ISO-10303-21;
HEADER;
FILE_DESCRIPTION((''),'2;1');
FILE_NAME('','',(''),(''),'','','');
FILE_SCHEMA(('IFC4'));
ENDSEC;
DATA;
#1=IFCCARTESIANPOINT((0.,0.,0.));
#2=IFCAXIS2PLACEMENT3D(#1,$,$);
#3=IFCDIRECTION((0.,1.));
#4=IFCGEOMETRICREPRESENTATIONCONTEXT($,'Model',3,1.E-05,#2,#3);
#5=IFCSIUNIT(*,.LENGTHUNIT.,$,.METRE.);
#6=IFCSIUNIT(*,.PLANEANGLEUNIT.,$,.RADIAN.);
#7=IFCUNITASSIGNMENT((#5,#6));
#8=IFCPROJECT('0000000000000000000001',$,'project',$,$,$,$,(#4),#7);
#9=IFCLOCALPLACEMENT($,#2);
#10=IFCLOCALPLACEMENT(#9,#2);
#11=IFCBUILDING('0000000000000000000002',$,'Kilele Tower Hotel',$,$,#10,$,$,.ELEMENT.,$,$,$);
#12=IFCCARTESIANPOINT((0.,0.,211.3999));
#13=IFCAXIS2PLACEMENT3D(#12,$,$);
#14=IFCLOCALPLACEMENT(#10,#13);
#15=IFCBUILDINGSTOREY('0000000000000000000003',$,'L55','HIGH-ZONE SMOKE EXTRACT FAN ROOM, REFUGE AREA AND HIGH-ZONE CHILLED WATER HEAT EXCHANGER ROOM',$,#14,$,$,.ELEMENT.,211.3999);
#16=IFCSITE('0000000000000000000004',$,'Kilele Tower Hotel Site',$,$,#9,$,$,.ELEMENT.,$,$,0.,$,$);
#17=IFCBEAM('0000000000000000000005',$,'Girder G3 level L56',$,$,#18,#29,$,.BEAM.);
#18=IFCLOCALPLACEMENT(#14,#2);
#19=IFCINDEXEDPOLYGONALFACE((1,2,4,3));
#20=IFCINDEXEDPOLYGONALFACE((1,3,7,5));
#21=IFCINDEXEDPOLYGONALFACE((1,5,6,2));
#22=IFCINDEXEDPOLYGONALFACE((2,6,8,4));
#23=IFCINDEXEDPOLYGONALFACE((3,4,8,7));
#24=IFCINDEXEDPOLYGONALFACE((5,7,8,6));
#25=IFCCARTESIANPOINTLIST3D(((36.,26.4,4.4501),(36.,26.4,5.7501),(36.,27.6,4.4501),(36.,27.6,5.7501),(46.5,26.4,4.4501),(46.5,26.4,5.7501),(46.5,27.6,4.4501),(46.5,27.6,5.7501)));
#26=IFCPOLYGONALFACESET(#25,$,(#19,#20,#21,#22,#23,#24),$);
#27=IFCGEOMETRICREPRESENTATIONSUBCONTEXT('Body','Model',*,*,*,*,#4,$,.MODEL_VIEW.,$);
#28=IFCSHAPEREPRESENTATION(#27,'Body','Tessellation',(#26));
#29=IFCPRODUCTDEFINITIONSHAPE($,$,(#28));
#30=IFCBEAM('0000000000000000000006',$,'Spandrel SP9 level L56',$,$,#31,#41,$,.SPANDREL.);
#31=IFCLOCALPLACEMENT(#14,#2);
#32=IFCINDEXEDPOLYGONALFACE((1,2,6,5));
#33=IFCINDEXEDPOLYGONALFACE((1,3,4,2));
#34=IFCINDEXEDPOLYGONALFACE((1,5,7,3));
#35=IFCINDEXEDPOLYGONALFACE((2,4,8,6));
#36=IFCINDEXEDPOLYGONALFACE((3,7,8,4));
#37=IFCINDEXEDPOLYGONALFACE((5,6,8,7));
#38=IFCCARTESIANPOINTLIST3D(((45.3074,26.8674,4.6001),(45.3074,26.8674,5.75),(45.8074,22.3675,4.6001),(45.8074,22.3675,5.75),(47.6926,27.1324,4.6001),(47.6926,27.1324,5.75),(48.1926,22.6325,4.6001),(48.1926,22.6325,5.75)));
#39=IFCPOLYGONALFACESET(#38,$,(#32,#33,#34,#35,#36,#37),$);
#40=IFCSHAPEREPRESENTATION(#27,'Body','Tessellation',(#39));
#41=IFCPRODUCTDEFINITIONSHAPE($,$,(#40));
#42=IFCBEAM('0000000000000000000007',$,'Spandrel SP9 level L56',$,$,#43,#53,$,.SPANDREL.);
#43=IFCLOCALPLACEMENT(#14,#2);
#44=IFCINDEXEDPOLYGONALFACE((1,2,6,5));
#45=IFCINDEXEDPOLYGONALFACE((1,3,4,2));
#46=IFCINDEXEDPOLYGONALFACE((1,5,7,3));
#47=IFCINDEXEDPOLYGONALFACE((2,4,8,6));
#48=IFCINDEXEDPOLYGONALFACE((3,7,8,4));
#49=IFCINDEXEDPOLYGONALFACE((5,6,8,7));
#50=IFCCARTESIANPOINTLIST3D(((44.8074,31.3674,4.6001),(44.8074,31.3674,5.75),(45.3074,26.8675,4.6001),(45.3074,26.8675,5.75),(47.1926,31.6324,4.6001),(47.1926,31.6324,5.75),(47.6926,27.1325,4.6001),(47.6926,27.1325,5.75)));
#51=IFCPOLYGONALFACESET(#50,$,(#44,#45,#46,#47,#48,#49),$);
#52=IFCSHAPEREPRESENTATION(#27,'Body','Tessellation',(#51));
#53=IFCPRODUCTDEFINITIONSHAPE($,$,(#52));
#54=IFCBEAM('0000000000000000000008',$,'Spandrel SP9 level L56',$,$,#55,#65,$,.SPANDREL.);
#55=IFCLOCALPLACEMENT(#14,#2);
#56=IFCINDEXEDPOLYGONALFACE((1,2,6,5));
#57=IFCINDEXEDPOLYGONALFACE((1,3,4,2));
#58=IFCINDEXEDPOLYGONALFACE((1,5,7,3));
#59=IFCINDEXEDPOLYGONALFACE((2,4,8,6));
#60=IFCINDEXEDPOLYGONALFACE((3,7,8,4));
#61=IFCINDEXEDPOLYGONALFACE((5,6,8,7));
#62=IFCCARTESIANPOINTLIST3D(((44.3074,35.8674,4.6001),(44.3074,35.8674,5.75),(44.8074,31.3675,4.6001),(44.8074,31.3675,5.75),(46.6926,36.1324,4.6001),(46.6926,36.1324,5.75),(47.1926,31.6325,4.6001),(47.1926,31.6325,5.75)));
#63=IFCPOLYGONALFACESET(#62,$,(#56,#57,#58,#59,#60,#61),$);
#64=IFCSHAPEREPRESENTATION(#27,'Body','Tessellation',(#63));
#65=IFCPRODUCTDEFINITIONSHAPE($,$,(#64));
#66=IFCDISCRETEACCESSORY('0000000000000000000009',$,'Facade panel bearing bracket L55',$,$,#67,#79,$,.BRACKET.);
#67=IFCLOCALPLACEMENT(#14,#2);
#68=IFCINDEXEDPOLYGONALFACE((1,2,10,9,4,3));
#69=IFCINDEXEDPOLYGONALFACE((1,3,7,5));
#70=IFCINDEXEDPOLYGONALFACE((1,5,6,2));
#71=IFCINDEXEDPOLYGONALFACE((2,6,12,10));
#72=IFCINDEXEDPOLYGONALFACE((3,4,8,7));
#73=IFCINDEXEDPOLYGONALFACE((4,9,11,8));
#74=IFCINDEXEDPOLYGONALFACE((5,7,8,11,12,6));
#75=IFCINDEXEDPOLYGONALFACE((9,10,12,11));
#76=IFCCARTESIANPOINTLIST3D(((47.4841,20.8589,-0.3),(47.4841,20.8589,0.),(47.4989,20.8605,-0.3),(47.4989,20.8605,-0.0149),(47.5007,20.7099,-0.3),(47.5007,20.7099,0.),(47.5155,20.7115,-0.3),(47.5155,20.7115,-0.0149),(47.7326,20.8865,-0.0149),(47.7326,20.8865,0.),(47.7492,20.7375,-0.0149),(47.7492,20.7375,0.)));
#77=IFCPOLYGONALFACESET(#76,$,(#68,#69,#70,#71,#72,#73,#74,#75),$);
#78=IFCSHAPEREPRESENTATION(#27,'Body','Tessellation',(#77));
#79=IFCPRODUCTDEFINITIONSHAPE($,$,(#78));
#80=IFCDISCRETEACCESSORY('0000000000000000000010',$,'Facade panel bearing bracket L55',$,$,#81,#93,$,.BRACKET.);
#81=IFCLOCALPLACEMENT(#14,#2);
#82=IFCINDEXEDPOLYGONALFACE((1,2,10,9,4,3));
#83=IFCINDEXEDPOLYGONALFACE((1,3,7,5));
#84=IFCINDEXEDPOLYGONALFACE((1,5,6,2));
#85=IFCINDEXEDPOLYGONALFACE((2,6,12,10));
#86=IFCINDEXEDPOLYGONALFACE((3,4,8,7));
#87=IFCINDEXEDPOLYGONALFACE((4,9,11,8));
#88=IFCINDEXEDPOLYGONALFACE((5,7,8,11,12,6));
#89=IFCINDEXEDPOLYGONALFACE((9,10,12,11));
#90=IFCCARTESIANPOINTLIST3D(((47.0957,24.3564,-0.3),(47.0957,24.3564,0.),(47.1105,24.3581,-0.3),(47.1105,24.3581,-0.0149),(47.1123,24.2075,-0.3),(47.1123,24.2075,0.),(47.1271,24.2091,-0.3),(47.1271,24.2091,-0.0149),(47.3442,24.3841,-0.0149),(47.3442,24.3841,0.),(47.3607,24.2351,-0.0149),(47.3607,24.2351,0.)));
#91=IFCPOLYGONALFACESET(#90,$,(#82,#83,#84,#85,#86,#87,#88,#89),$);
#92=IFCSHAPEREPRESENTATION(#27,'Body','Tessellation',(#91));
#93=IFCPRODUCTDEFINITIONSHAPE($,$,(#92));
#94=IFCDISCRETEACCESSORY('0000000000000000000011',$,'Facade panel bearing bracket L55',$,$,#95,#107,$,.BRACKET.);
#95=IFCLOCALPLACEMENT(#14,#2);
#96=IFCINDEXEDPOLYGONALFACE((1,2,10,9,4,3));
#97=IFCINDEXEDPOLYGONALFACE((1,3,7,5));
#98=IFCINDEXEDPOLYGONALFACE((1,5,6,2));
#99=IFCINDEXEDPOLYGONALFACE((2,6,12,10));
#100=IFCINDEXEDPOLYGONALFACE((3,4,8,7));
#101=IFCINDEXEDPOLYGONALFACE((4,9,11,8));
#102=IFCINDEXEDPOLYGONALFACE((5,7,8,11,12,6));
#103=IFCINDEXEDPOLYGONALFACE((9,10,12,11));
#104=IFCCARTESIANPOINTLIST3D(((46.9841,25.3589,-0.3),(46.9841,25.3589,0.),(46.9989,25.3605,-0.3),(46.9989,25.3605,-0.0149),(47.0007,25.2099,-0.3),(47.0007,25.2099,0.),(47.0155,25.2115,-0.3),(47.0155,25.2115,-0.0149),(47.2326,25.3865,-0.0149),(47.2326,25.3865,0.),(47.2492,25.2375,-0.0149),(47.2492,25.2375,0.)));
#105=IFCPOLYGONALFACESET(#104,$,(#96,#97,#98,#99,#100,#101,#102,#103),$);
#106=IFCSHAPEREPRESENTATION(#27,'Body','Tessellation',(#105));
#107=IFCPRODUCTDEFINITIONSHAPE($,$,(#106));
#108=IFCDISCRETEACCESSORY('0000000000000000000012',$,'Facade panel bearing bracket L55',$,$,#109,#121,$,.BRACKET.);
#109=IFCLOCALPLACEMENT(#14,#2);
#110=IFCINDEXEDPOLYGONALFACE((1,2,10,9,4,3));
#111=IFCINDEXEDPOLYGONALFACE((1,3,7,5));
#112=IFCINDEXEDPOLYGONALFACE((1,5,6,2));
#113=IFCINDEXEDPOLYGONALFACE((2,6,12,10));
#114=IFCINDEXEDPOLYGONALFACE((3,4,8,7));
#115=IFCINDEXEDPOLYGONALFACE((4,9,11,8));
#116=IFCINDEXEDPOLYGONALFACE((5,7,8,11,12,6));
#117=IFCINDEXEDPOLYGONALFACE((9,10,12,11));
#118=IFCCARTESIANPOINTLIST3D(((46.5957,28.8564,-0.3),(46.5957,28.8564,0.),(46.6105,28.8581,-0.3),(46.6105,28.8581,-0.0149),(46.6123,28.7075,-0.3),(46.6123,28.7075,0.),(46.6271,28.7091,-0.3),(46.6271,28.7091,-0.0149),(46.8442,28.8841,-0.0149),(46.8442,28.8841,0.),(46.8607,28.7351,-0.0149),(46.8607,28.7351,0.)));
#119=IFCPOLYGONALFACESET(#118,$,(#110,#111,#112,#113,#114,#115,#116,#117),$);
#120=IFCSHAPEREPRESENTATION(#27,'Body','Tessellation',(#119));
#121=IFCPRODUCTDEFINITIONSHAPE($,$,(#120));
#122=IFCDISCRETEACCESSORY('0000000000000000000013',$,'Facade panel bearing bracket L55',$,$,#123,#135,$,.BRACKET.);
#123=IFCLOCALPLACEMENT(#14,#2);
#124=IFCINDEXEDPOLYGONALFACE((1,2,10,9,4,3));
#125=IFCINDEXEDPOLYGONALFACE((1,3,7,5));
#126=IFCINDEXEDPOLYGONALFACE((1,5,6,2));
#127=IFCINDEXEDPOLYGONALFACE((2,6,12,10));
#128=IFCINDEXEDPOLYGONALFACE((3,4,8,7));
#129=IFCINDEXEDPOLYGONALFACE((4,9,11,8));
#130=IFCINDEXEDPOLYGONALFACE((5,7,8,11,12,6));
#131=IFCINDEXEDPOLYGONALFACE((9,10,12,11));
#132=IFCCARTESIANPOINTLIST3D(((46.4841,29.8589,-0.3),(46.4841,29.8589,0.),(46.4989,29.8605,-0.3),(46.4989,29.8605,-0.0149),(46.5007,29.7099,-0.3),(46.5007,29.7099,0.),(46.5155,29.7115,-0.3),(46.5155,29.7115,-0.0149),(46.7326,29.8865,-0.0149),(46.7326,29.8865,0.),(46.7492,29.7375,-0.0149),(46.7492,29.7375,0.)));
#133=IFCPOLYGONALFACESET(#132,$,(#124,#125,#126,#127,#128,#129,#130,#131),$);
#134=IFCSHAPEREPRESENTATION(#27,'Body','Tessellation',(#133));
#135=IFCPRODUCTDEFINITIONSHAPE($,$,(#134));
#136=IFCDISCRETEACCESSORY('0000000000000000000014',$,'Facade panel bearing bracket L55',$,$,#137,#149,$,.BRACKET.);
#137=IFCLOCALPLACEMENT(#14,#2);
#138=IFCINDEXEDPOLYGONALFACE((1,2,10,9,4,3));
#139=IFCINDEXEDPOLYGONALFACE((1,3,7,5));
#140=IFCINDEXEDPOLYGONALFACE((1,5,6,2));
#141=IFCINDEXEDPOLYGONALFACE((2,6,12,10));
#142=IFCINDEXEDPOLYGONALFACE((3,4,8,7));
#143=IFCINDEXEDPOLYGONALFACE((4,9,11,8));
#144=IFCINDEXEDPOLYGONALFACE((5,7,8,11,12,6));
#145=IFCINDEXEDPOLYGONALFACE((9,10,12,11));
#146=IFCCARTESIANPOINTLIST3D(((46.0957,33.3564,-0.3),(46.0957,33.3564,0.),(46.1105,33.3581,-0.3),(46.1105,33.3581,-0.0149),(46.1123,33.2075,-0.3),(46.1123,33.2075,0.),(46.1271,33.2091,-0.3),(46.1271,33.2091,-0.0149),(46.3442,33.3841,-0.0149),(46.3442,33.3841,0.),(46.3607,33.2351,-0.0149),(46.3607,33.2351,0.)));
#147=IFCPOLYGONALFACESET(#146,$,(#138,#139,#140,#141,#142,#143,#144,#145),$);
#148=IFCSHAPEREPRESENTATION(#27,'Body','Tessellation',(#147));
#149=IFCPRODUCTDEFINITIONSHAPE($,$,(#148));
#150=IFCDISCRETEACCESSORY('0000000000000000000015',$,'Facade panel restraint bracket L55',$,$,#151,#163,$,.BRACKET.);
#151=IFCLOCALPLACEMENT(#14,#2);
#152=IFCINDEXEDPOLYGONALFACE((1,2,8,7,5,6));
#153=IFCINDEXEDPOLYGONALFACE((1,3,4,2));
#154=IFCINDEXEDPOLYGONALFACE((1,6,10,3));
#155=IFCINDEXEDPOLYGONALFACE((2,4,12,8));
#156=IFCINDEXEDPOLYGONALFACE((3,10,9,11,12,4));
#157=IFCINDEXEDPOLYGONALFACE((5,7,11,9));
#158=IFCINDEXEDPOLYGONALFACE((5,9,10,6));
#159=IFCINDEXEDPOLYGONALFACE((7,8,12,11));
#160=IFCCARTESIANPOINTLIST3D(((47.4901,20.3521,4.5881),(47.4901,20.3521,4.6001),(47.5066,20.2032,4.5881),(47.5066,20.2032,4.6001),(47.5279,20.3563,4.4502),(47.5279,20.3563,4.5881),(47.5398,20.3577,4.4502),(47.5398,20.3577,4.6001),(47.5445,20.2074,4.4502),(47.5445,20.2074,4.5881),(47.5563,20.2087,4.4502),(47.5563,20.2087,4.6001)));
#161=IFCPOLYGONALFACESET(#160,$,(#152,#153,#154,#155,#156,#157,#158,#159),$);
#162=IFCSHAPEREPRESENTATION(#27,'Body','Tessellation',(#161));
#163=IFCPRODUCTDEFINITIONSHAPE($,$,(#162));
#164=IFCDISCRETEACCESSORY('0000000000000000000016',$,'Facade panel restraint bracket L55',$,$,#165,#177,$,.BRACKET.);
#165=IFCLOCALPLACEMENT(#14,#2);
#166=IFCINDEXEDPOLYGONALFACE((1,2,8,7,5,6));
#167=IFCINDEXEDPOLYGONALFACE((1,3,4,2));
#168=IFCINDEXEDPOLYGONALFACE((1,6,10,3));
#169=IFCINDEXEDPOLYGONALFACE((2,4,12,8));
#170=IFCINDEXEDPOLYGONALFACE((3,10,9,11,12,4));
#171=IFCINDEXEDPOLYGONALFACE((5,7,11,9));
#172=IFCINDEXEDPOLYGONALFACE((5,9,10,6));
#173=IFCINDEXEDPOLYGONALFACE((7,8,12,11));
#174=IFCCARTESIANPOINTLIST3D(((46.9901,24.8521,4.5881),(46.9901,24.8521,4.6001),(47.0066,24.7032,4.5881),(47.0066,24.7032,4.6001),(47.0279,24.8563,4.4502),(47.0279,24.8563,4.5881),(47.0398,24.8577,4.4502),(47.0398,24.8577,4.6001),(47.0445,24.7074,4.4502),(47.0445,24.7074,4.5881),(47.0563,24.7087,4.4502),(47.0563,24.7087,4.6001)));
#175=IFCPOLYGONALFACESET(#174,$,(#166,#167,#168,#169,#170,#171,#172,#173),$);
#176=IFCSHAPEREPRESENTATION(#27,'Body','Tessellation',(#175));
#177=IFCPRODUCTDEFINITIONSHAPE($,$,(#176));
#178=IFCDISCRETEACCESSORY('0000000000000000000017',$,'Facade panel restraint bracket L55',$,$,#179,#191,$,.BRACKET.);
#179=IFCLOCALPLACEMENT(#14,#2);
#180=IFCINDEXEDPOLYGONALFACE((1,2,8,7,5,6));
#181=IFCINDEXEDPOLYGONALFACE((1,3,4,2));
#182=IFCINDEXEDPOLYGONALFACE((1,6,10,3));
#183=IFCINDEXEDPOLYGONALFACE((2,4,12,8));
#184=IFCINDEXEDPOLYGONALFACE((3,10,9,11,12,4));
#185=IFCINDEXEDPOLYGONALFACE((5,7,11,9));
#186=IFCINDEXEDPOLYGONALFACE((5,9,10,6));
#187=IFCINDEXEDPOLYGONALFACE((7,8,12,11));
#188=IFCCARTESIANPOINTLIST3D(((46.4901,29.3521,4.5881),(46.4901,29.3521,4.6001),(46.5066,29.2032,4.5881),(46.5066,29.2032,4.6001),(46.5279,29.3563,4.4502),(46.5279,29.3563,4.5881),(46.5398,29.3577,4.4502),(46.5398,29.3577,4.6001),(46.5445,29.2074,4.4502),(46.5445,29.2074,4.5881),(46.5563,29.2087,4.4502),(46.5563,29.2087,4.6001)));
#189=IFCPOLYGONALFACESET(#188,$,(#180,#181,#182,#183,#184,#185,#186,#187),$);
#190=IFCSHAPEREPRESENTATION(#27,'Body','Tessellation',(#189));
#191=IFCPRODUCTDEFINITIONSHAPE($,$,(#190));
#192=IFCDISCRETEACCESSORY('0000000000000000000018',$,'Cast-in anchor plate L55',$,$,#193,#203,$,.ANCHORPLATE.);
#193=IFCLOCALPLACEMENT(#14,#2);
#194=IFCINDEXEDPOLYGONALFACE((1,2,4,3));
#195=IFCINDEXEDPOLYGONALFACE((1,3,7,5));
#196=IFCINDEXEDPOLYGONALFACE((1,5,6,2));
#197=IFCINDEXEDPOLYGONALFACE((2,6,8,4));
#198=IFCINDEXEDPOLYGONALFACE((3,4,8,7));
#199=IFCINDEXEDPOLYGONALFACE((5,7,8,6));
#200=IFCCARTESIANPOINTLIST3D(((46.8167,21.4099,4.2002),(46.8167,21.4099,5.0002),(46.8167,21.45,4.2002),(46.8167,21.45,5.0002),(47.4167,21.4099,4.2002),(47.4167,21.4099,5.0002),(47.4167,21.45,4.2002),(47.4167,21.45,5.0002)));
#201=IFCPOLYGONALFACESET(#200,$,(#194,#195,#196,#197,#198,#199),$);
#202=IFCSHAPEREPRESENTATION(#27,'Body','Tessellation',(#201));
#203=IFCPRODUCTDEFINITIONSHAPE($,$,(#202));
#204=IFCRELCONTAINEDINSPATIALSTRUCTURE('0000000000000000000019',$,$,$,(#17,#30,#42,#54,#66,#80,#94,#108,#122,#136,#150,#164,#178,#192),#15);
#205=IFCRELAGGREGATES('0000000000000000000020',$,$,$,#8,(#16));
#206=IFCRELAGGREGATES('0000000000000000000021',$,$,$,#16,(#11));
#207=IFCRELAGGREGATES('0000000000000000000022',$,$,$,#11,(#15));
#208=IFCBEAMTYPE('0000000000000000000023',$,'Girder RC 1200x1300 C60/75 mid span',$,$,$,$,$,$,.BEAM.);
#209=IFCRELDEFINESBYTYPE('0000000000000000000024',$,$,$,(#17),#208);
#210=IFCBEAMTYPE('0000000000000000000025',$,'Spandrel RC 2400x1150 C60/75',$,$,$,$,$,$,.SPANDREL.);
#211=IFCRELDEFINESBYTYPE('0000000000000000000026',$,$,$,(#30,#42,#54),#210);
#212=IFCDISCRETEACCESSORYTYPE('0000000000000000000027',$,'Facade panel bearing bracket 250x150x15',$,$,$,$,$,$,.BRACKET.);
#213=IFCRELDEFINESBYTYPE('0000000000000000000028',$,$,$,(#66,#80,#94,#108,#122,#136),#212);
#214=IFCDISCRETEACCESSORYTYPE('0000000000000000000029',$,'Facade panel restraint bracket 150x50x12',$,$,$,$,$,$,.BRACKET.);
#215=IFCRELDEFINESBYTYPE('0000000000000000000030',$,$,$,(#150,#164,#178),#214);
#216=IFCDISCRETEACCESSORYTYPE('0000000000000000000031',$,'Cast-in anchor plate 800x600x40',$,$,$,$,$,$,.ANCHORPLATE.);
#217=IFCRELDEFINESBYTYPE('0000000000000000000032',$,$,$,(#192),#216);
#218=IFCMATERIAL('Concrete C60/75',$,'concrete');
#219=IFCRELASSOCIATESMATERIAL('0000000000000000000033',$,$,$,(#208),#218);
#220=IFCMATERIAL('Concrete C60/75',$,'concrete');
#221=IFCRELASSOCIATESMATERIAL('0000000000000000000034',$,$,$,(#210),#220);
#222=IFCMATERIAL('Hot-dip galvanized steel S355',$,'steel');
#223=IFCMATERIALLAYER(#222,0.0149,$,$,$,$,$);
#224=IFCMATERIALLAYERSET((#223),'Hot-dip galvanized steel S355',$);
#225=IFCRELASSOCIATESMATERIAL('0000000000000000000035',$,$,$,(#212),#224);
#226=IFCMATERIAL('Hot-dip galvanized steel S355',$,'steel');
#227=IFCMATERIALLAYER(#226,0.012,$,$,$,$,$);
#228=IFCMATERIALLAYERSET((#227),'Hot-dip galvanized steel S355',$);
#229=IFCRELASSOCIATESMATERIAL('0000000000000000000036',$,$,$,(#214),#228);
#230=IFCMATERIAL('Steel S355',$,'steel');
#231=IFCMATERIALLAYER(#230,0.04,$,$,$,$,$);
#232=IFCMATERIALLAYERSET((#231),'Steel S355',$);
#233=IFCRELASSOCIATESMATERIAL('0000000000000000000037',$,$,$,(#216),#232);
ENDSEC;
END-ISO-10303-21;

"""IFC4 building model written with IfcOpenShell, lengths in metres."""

from ifc_helpers import new_model, si_unit, direction, frame, origin, origin_2d, place, context, subcontext, project, spatial, polyline, rectangle, outline, extrude, source, transform, mapped, material, layer, layer_set, material_profile, profile_set, type_object, element, save


model = new_model("IFC4")

# Units and contexts
model_context = context("Model", 3, precision=1e-05, world=origin(), true_north=direction((0.0, 1.0)))
body_context = subcontext(model_context, "Body", "Model", "MODEL_VIEW")
ifc_project = project(units=[si_unit("LENGTHUNIT", "METRE"), si_unit("PLANEANGLEUNIT", "RADIAN")], contexts=[model_context])

# Site, building, storey
site_placement = place(None, origin())
site = spatial("IfcSite", under=ifc_project, at=site_placement, Name="Kilele Tower Hotel Site", CompositionType="ELEMENT", RefElevation=0.0)
building_placement = place(site_placement, origin())
building = spatial("IfcBuilding", under=site, at=building_placement, Name="Kilele Tower Hotel", CompositionType="ELEMENT")
storey_placement = place(building_placement, frame((0.0, 0.0, 211.3999)))
storey = spatial("IfcBuildingStorey", under=building, at=storey_placement, Name="L55", Description="HIGH-ZONE SMOKE EXTRACT FAN ROOM, REFUGE AREA AND HIGH-ZONE CHILLED WATER HEAT EXCHANGER ROOM", CompositionType="ELEMENT", Elevation=211.3999)

# Beams
ifc_material_1 = material(Name="Concrete C60/75", Category="concrete")
ifc_material_profile_1 = material_profile(ifc_material_1, rectangle(XDim=1.2, YDim=1.3, at=origin_2d()))
ifc_profile_set_1 = profile_set([ifc_material_profile_1], Name="Concrete C60/75")
beam_type_1 = type_object("IfcBeamType", Name="Girder RC 1200x1300 C60/75 mid span", PredefinedType="BEAM", material=ifc_profile_set_1)
beam_1_placement = place(storey_placement, frame((46.5, 27.0, 5.1001), z_axis=(-1.0, 0.0, 0.0), x_axis=(0.0, -1.0, 0.0)))
element("IfcBeam", 1, at=beam_1_placement, inside=storey, type_object=beam_type_1, Name="Girder G3 level L56", PredefinedType="BEAM", context=body_context, shape_type="SweptSolid", body=[
    extrude(rectangle(XDim=1.2, YDim=1.3, at=origin_2d()), origin(), (0.0, 0.0, 1.0), 10.5),
])
ifc_material_2 = material(Name="Concrete C60/75", Category="concrete")
ifc_material_profile_2 = material_profile(ifc_material_2, rectangle(XDim=2.3999, YDim=1.1499, at=origin_2d()))
ifc_profile_set_2 = profile_set([ifc_material_profile_2], Name="Concrete C60/75")
beam_type_2 = type_object("IfcBeamType", Name="Spandrel RC 2400x1150 C60/75", PredefinedType="SPANDREL", material=ifc_profile_set_2)
for number, where, z_axis, x_axis, name in (
    (2, (47.0, 22.5, 5.175), (-0.110432, 0.993884, 0.0), (-0.993884, -0.110432, 0.0), "Spandrel SP9 level L56"),
    (3, (46.5, 27.0, 5.175), (-0.110432, 0.993884, 0.0), (-0.993884, -0.110432, 0.0), "Spandrel SP9 level L56"),
    (4, (46.0, 31.5, 5.175), (-0.110432, 0.993884, 0.0), (-0.993884, -0.110432, 0.0), "Spandrel SP9 level L56"),
):
    element("IfcBeam", number, at=place(storey_placement, frame(where, z_axis=z_axis, x_axis=x_axis)), inside=storey, type_object=beam_type_2, Name=name, PredefinedType="SPANDREL", context=body_context, shape_type="SweptSolid", body=[
        extrude(rectangle(XDim=2.3999, YDim=1.1499, at=origin_2d()), origin(), (0.0, 0.0, 1.0), 4.5276),
    ])

# Discrete accessories
ifc_material_3 = material(Name="Hot-dip galvanized steel S355", Category="steel")
ifc_layer_1 = layer(ifc_material_3, 0.0149)
ifc_layer_set_1 = layer_set([ifc_layer_1], Name="Hot-dip galvanized steel S355")
discrete_accessory_type_1 = type_object("IfcDiscreteAccessoryType", Name="Facade panel bearing bracket 250x150x15", PredefinedType="BRACKET", material=ifc_layer_set_1)
shared_shape_1 = source(origin(), body_context, "Body", "SweptSolid", [
    extrude(outline(polyline([(0.0, 0.0), (0.25, 0.0), (0.25, -0.0149), (0.0149, -0.0149), (0.0149, -0.3), (0.0, -0.3), (0.0, 0.0)])), origin(), (0.0, 0.0, 1.0), 0.1499),
])
for number, where, z_axis, x_axis, name in (
    (5, (47.4841, 20.8589, 0.0), (0.110432, -0.993884, 0.0), (0.993884, 0.110432, 0.0), "Facade panel bearing bracket L55"),
    (6, (47.0957, 24.3564, 0.0), (0.110432, -0.993884, 0.0), (0.993884, 0.110432, 0.0), "Facade panel bearing bracket L55"),
    (7, (46.9841, 25.3589, 0.0), (0.110432, -0.993884, 0.0), (0.993884, 0.110432, 0.0), "Facade panel bearing bracket L55"),
    (8, (46.5957, 28.8564, 0.0), (0.110432, -0.993884, 0.0), (0.993884, 0.110432, 0.0), "Facade panel bearing bracket L55"),
    (9, (46.4841, 29.8589, 0.0), (0.110432, -0.993884, 0.0), (0.993884, 0.110432, 0.0), "Facade panel bearing bracket L55"),
    (10, (46.0957, 33.3564, 0.0), (0.110432, -0.993884, 0.0), (0.993884, 0.110432, 0.0), "Facade panel bearing bracket L55"),
):
    element("IfcDiscreteAccessory", number, at=place(storey_placement, frame(where, z_axis=z_axis, x_axis=x_axis)), inside=storey, type_object=discrete_accessory_type_1, Name=name, PredefinedType="BRACKET", context=body_context, shape_type="MappedRepresentation", body=[
        mapped(shared_shape_1, transform((0.0, 0.0, 0.0))),
    ])
ifc_material_4 = material(Name="Hot-dip galvanized steel S355", Category="steel")
ifc_layer_2 = layer(ifc_material_4, 0.012)
ifc_layer_set_2 = layer_set([ifc_layer_2], Name="Hot-dip galvanized steel S355")
discrete_accessory_type_2 = type_object("IfcDiscreteAccessoryType", Name="Facade panel restraint bracket 150x50x12", PredefinedType="BRACKET", material=ifc_layer_set_2)
shared_shape_2 = source(origin(), body_context, "Body", "SweptSolid", [
    extrude(outline(polyline([(0.0, 0.0), (0.0, -0.1499), (-0.012, -0.1499), (-0.012, -0.012), (-0.05, -0.012), (-0.05, 0.0), (0.0, 0.0)])), origin(), (0.0, 0.0, 1.0), 0.1499),
])
for number, where, z_axis, x_axis, name in (
    (11, (47.5398, 20.3577, 4.6001), (0.110432, -0.993884, 0.0), (0.993884, 0.110432, 0.0), "Facade panel restraint bracket L55"),
    (12, (47.0398, 24.8577, 4.6001), (0.110432, -0.993884, 0.0), (0.993884, 0.110432, 0.0), "Facade panel restraint bracket L55"),
    (13, (46.5398, 29.3577, 4.6001), (0.110432, -0.993884, 0.0), (0.993884, 0.110432, 0.0), "Facade panel restraint bracket L55"),
):
    element("IfcDiscreteAccessory", number, at=place(storey_placement, frame(where, z_axis=z_axis, x_axis=x_axis)), inside=storey, type_object=discrete_accessory_type_2, Name=name, PredefinedType="BRACKET", context=body_context, shape_type="MappedRepresentation", body=[
        mapped(shared_shape_2, transform((0.0, 0.0, 0.0))),
    ])
ifc_material_5 = material(Name="Steel S355", Category="steel")
ifc_layer_3 = layer(ifc_material_5, 0.04)
ifc_layer_set_3 = layer_set([ifc_layer_3], Name="Steel S355")
discrete_accessory_type_3 = type_object("IfcDiscreteAccessoryType", Name="Cast-in anchor plate 800x600x40", PredefinedType="ANCHORPLATE", material=ifc_layer_set_3)
shared_shape_3 = source(origin(), body_context, "Body", "SweptSolid", [
    extrude(outline(polyline([(0.0, 0.0), (0.04, 0.0), (0.04, 0.8), (0.0, 0.8), (0.0, 0.0)])), origin(), (0.0, 0.0, 1.0), 0.6001),
])
for number, where, z_axis, x_axis, name in (
    (14, (47.4167, 21.45, 4.2002), (-1.0, 0.0, 0.0), (0.0, -1.0, 0.0), "Cast-in anchor plate L55"),
):
    element("IfcDiscreteAccessory", number, at=place(storey_placement, frame(where, z_axis=z_axis, x_axis=x_axis)), inside=storey, type_object=discrete_accessory_type_3, Name=name, PredefinedType="ANCHORPLATE", context=body_context, shape_type="MappedRepresentation", body=[
        mapped(shared_shape_3, transform((0.0, 0.0, 0.0))),
    ])

save(model, "model.ifc")
